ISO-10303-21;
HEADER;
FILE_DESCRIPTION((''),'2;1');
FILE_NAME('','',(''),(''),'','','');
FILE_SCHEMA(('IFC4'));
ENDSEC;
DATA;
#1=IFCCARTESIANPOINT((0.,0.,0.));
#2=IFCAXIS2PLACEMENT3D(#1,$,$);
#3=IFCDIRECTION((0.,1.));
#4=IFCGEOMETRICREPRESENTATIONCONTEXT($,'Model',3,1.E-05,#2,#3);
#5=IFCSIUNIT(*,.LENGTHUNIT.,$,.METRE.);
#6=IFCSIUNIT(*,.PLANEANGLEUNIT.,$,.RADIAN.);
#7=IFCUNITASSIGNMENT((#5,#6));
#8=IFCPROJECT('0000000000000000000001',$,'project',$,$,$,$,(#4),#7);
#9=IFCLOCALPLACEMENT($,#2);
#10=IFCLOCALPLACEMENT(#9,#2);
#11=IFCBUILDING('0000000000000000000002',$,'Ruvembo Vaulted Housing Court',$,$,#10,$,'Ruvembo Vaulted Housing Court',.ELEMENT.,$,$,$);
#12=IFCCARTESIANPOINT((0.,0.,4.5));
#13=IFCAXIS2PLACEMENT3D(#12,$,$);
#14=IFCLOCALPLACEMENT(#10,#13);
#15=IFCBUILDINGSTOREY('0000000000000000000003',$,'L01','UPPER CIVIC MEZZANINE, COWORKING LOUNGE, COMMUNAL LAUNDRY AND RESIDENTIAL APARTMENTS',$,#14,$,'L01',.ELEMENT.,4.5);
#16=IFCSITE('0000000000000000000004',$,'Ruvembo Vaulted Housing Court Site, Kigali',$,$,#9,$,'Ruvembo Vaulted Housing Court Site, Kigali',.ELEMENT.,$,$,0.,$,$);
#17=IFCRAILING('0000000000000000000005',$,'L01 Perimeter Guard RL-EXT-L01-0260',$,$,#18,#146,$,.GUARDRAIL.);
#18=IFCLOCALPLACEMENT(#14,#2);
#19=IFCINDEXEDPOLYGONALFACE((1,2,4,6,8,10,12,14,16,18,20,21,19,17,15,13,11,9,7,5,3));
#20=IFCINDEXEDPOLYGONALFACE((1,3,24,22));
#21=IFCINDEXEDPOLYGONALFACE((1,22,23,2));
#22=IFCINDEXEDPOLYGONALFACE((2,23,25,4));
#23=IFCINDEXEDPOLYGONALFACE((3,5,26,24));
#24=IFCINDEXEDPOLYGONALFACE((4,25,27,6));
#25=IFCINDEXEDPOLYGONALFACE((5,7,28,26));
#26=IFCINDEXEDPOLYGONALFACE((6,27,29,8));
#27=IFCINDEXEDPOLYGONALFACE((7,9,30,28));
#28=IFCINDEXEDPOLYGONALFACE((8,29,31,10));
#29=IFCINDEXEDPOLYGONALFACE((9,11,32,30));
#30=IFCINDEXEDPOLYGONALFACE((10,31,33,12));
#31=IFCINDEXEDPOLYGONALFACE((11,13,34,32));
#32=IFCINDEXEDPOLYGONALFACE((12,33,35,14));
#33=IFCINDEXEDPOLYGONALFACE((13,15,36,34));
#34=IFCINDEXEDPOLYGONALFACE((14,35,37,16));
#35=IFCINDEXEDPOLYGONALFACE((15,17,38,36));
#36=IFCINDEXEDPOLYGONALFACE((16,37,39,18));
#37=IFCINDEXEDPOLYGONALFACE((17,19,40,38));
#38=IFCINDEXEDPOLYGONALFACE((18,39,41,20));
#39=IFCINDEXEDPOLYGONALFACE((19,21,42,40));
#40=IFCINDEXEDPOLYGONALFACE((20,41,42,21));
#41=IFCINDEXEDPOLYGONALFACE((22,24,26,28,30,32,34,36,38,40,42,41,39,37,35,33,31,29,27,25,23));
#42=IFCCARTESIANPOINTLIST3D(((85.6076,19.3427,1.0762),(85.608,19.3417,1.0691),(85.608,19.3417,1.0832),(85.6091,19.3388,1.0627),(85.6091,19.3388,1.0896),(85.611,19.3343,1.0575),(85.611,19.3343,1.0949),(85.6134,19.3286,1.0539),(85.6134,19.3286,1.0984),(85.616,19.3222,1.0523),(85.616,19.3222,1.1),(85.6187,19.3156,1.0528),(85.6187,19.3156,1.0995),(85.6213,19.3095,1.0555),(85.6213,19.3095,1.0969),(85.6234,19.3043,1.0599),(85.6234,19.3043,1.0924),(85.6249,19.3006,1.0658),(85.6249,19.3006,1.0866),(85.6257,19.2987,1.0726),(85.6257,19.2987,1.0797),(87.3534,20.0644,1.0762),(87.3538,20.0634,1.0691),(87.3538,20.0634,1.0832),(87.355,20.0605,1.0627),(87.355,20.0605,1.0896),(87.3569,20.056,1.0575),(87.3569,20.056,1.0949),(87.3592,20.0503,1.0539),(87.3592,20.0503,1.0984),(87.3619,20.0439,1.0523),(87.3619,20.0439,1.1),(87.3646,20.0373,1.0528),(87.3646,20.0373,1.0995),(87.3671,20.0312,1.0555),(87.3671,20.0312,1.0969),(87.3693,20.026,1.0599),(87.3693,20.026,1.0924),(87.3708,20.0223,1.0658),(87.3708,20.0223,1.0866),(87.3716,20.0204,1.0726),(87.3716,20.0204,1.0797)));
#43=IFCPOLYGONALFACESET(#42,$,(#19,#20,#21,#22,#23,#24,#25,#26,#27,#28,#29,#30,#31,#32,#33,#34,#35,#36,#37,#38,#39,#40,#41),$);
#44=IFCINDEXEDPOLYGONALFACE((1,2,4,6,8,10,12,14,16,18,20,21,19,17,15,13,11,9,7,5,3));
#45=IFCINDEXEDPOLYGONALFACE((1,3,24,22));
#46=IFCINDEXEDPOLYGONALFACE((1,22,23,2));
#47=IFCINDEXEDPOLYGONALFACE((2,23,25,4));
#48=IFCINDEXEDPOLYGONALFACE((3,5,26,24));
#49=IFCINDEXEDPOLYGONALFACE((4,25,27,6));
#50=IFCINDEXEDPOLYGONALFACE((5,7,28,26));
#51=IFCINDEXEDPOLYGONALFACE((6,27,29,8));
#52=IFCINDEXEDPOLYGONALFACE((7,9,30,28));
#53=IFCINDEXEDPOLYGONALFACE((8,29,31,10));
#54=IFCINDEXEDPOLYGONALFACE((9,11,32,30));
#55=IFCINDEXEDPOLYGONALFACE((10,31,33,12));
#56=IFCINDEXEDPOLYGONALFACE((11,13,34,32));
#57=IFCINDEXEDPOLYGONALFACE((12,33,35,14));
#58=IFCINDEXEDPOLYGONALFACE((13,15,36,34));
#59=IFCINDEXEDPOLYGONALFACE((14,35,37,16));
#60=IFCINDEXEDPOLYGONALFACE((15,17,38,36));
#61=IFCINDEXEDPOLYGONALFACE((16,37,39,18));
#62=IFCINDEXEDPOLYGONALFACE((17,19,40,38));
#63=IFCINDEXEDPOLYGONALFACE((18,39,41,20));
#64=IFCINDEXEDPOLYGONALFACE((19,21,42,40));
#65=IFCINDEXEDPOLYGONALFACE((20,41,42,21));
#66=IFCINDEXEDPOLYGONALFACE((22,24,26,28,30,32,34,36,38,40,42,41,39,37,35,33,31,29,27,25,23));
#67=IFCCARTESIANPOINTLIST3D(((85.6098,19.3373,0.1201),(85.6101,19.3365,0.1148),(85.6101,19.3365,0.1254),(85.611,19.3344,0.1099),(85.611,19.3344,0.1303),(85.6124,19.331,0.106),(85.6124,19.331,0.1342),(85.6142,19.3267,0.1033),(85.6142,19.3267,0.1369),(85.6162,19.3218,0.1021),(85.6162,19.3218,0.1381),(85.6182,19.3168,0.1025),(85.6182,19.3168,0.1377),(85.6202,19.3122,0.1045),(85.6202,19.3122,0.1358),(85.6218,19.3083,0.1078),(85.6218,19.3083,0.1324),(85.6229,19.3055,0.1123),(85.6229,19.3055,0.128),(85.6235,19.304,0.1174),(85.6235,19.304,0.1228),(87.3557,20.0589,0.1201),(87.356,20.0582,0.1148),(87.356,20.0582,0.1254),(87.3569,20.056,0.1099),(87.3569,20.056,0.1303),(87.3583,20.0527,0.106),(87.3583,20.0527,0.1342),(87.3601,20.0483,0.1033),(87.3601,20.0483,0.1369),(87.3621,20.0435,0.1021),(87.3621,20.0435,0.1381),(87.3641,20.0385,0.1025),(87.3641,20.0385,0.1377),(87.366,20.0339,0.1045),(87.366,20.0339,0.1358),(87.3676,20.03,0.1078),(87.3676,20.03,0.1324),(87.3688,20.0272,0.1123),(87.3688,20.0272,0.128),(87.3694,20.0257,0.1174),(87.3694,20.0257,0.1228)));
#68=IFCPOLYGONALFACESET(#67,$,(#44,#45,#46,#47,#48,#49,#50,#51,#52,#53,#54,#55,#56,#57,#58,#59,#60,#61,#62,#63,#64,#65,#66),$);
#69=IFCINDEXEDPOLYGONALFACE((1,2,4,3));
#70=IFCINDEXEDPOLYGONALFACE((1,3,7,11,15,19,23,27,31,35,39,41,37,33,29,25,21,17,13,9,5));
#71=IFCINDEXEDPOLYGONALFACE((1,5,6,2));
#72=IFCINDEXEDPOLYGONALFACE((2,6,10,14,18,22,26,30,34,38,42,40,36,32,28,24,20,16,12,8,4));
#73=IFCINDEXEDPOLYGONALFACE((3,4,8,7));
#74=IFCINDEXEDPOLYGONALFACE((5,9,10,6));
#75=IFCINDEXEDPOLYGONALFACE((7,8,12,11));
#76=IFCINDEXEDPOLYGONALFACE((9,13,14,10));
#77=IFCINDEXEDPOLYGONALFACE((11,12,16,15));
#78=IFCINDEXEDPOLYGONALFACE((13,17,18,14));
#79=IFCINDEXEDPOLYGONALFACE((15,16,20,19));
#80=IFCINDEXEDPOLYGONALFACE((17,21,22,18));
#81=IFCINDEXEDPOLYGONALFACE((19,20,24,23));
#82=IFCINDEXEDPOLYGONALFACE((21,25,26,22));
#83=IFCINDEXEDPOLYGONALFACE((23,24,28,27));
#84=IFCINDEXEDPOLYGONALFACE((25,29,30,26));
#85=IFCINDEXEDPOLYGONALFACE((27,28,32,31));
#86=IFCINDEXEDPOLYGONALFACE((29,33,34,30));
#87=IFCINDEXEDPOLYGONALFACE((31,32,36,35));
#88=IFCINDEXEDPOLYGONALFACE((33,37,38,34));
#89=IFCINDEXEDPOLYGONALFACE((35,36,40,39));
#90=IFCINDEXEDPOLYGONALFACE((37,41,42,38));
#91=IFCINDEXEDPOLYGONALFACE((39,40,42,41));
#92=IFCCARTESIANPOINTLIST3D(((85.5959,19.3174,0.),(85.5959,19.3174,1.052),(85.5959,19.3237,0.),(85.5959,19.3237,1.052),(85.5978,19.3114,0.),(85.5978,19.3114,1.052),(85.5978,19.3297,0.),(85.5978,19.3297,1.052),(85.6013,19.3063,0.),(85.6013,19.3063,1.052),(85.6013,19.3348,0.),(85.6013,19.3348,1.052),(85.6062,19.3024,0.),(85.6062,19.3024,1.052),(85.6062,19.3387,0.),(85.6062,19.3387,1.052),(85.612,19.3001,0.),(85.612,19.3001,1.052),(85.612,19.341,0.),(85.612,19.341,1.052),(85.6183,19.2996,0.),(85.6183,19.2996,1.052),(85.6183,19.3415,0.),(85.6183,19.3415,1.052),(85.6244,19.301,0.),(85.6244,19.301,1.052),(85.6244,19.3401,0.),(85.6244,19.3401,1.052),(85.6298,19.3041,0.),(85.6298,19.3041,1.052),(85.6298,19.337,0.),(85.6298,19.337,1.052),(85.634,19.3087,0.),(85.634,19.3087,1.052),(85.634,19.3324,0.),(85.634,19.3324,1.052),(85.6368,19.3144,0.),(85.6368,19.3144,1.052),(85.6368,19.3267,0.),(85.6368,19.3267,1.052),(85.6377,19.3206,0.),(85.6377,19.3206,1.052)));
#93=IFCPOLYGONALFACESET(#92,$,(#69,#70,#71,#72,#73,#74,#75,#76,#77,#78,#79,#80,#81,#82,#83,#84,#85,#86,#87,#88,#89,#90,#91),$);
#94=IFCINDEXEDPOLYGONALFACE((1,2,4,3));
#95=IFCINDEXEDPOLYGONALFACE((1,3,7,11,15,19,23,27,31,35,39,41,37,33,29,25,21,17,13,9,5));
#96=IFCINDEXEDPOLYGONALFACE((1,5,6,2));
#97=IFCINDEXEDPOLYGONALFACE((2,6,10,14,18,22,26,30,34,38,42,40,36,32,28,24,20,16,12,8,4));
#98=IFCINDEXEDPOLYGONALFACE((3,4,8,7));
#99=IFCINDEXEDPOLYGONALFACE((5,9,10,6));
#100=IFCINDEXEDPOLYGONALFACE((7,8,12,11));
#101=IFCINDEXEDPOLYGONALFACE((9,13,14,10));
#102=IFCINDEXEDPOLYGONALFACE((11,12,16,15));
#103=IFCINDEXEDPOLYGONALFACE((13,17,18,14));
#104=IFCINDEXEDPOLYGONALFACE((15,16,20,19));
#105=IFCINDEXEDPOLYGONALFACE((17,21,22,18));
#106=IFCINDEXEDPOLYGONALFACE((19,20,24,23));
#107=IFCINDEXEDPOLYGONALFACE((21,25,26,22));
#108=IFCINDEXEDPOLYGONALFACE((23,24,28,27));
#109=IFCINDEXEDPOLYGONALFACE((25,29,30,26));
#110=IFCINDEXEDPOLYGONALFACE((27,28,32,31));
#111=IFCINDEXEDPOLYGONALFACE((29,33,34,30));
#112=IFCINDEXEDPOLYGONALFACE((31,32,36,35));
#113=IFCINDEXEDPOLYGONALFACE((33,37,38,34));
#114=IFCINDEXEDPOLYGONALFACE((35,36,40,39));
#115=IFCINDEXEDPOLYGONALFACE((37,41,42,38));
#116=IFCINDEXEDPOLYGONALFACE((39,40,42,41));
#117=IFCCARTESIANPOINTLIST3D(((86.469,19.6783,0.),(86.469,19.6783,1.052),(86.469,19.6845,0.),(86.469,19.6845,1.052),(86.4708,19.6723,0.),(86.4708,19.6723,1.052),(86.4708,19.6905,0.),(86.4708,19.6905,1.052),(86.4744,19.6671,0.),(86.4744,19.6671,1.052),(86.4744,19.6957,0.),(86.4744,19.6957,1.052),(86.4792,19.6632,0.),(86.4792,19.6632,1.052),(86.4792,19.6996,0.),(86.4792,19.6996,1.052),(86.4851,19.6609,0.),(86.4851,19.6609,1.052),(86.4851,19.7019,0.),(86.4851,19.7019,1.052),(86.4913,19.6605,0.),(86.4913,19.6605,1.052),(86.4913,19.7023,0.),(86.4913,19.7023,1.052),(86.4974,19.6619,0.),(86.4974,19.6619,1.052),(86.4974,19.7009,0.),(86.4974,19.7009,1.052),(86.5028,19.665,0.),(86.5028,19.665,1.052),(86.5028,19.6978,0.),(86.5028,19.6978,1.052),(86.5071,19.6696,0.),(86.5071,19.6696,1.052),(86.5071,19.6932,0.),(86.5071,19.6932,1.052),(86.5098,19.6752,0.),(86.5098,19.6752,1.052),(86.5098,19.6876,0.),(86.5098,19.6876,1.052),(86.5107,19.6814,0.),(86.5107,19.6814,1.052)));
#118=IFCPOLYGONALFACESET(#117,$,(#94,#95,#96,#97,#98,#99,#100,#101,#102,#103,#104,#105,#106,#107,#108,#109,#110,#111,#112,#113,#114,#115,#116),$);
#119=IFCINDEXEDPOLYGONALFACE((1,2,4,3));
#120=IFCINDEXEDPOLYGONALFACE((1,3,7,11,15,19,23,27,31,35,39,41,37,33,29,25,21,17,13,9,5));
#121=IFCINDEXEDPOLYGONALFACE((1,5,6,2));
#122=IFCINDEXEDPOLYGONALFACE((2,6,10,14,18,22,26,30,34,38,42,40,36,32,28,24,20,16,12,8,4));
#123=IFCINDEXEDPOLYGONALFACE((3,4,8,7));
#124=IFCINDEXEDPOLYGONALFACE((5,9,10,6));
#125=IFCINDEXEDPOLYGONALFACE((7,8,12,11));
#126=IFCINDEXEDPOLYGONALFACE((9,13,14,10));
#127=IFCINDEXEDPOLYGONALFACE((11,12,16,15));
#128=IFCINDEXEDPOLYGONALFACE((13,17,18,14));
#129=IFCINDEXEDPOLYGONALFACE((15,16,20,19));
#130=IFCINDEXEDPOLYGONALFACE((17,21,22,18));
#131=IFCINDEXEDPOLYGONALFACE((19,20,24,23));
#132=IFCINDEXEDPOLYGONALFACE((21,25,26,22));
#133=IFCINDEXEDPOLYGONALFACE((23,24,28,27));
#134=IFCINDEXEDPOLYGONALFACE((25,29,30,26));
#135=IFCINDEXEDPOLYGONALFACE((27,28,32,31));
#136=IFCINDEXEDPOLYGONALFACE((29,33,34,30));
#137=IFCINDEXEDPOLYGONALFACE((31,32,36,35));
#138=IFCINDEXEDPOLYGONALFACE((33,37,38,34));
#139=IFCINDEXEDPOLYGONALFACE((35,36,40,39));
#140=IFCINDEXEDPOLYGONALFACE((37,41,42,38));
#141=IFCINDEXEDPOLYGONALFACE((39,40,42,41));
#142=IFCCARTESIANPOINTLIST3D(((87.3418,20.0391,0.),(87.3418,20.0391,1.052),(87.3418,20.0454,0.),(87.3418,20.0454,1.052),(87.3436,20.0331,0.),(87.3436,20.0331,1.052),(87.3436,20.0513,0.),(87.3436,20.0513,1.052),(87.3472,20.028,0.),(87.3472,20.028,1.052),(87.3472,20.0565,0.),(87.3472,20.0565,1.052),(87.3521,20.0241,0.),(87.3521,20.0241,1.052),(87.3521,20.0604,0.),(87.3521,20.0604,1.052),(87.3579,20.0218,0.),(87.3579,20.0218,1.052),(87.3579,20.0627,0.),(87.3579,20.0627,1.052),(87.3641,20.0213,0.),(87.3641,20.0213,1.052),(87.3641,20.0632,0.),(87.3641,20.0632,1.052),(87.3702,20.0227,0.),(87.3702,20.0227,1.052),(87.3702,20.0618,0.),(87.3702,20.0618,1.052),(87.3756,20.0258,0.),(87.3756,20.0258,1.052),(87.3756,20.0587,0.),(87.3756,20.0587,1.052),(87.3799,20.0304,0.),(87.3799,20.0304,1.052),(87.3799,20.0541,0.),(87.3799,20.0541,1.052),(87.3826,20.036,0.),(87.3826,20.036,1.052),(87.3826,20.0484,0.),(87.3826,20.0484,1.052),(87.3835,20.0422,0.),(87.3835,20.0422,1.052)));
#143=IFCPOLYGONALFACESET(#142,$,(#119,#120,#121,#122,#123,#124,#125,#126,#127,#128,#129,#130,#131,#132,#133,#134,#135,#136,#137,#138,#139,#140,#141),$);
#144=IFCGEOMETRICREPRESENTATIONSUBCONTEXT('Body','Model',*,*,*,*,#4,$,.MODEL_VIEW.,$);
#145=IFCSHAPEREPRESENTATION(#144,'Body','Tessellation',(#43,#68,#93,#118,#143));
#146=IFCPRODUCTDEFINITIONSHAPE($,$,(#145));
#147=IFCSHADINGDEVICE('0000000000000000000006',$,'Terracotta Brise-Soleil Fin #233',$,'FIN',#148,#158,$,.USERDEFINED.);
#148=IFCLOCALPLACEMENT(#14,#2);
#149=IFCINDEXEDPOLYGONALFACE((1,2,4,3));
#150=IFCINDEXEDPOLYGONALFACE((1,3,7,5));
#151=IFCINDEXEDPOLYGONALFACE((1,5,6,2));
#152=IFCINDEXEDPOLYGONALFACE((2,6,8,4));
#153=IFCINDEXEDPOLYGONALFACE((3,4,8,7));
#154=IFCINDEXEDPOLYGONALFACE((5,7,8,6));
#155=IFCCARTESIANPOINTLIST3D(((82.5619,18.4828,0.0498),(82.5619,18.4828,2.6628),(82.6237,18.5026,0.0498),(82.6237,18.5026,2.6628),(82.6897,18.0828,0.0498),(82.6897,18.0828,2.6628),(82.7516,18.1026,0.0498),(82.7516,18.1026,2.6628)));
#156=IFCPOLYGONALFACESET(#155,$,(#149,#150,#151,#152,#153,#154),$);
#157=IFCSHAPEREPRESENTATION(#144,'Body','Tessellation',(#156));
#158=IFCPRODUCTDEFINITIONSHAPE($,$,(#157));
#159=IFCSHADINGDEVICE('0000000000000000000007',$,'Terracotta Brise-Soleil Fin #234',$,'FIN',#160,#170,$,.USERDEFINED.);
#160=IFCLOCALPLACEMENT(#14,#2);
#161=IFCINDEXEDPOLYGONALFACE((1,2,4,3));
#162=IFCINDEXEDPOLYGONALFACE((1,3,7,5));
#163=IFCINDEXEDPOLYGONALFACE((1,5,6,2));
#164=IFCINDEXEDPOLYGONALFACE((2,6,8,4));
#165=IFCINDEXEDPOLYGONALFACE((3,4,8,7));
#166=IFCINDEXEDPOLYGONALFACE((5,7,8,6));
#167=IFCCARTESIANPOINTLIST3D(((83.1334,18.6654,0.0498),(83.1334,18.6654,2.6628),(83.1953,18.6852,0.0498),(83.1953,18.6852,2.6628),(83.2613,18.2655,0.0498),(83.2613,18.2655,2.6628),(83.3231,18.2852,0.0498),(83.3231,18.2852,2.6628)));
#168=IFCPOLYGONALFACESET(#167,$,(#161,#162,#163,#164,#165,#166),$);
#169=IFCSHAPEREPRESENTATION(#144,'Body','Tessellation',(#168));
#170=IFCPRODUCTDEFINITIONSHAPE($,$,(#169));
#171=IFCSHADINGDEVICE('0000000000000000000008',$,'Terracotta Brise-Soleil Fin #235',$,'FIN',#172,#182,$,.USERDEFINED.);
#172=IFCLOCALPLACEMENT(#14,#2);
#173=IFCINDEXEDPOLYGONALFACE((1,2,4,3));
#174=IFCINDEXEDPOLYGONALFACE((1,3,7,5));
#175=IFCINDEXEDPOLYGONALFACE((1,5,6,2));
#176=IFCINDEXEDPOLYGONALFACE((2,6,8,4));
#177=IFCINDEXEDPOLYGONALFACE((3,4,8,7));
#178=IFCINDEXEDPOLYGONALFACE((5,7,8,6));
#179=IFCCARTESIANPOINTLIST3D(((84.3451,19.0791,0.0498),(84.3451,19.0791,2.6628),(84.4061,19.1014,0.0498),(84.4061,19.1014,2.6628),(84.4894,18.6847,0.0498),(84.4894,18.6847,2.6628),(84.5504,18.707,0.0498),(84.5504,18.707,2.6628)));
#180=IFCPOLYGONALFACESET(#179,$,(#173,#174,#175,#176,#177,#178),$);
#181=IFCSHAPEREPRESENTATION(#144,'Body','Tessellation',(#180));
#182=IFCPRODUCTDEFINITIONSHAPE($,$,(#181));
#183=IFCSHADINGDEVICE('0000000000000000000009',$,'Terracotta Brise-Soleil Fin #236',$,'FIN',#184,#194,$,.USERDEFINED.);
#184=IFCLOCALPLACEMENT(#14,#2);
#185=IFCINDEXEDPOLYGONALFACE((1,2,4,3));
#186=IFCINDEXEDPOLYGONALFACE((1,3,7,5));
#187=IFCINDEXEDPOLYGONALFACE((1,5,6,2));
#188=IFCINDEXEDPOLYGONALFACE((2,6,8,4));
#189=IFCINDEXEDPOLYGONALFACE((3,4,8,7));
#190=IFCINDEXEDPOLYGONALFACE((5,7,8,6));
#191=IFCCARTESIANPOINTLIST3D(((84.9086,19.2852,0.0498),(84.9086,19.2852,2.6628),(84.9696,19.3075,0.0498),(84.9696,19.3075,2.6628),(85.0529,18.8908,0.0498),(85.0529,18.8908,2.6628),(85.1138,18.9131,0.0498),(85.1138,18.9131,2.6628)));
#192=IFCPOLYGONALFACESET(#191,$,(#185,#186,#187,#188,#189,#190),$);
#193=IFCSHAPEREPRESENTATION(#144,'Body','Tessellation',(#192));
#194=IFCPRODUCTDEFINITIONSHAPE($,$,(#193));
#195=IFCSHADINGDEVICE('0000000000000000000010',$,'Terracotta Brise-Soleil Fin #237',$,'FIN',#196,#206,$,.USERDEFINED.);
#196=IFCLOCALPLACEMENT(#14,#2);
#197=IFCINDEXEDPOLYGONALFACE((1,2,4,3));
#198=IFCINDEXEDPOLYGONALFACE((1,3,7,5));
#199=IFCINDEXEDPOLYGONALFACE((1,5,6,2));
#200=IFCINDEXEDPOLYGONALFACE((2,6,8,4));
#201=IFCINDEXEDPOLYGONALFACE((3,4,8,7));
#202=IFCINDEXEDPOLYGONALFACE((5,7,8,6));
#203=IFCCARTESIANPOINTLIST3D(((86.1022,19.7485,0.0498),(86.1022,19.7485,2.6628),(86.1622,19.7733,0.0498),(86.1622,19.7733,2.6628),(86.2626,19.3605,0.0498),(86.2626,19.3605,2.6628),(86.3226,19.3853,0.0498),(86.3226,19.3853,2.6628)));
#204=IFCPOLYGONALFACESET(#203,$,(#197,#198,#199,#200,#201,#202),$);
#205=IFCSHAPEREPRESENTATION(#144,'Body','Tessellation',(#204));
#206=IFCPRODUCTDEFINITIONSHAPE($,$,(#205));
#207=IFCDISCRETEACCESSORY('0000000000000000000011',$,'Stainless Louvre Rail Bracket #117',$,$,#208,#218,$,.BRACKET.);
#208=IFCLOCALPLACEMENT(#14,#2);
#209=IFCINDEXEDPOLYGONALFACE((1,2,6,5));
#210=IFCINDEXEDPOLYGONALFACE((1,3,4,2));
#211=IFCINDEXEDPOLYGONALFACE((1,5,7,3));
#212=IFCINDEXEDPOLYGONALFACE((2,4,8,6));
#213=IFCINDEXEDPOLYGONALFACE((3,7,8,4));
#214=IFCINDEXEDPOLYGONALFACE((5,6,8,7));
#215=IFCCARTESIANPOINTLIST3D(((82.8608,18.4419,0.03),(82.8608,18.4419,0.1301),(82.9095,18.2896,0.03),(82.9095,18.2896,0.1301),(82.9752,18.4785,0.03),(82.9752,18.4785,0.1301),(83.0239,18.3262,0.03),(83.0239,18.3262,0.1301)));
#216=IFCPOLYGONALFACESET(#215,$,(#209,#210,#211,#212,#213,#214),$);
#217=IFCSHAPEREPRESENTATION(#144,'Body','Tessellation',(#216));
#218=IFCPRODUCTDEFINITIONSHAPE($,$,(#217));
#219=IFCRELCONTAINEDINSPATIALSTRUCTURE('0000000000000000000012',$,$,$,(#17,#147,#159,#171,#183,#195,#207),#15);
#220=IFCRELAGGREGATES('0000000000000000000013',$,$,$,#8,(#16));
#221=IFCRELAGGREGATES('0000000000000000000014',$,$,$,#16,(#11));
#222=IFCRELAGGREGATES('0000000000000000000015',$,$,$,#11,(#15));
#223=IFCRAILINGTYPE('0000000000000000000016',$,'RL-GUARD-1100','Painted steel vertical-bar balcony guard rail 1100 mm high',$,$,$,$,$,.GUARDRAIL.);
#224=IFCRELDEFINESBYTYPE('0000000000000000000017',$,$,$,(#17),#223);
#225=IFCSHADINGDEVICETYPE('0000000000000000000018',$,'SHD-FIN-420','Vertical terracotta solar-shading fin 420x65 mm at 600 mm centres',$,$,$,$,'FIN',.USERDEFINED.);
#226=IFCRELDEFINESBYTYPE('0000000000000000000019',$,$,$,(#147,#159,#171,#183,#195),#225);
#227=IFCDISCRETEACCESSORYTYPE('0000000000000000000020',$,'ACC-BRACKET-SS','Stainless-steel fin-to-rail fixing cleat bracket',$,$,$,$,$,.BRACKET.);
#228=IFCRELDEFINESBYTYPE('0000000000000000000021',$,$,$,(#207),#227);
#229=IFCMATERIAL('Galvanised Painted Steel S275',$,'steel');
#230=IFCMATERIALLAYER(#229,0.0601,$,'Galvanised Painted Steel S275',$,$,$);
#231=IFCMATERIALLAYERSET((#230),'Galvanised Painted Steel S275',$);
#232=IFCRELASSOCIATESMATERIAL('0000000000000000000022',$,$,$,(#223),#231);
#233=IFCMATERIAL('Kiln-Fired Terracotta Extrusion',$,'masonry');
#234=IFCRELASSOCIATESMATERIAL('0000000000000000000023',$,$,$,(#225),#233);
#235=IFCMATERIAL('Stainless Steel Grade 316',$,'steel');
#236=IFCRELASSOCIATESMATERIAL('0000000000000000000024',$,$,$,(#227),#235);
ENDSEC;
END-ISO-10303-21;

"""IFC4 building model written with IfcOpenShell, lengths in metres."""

from ifc_helpers import new_model, si_unit, direction, frame, origin, origin_2d, place, context, subcontext, project, spatial, rectangle, circle, extrude, material, layer, layer_set, type_object, element, save


model = new_model("IFC4")

# Units and contexts
model_context = context("Model", 3, precision=1e-05, world=origin(), true_north=direction((0.0, 1.0)))
body_context = subcontext(model_context, "Body", "Model", "MODEL_VIEW")
ifc_project = project(units=[si_unit("LENGTHUNIT", "METRE"), si_unit("PLANEANGLEUNIT", "RADIAN")], contexts=[model_context])

# Site, building, storey
site_placement = place(None, origin())
site = spatial("IfcSite", under=ifc_project, at=site_placement, Name="Ruvembo Vaulted Housing Court Site, Kigali", LongName="Ruvembo Vaulted Housing Court Site, Kigali", CompositionType="ELEMENT", RefElevation=0.0)
building_placement = place(site_placement, origin())
building = spatial("IfcBuilding", under=site, at=building_placement, Name="Ruvembo Vaulted Housing Court", LongName="Ruvembo Vaulted Housing Court", CompositionType="ELEMENT")
storey_placement = place(building_placement, frame((0.0, 0.0, 4.5)))
storey = spatial("IfcBuildingStorey", under=building, at=storey_placement, Name="L01", Description="UPPER CIVIC MEZZANINE, COWORKING LOUNGE, COMMUNAL LAUNDRY AND RESIDENTIAL APARTMENTS", LongName="L01", CompositionType="ELEMENT", Elevation=4.5)

# Railing
ifc_material_1 = material(Name="Galvanised Painted Steel S275", Category="steel")
ifc_layer = layer(ifc_material_1, 0.0601, Name="Galvanised Painted Steel S275")
ifc_layer_set = layer_set([ifc_layer], Name="Galvanised Painted Steel S275")
railing_type = type_object("IfcRailingType", Name="RL-GUARD-1100", Description="Painted steel vertical-bar balcony guard rail 1100 mm high", PredefinedType="GUARDRAIL", material=ifc_layer_set)
railing_1_placement = place(storey_placement, frame((85.6167, 19.3206, 0.0)))
element("IfcRailing", 1, at=railing_1_placement, inside=storey, type_object=railing_type, Name="L01 Perimeter Guard RL-EXT-L01-0260", PredefinedType="GUARDRAIL", context=body_context, shape_type="SweptSolid", body=[
    extrude(circle(Radius=0.0239, at=origin_2d()), frame((0.0, 0.0, 1.0762), z_axis=(0.924155, 0.382017, 0.0), x_axis=(-0.382017, 0.924155, 0.0)), (0.0, 0.0, 1.0), 1.8892),
    extrude(circle(Radius=0.0181, at=origin_2d()), frame((0.0, 0.0, 0.1201), z_axis=(0.924155, 0.382017, 0.0), x_axis=(-0.382017, 0.924155, 0.0)), (0.0, 0.0, 1.0), 1.8892),
    extrude(circle(Radius=0.021, at=origin_2d()), origin(), (0.0, 0.0, 1.0), 1.052),
    extrude(circle(Radius=0.021, at=origin_2d()), frame((0.873, 0.3608, 0.0)), (0.0, 0.0, 1.0), 1.052),
    extrude(circle(Radius=0.021, at=origin_2d()), frame((1.7458, 0.7217, 0.0)), (0.0, 0.0, 1.0), 1.052),
])

# Shading devices
ifc_material_2 = material(Name="Kiln-Fired Terracotta Extrusion", Category="masonry")
shading_device_type = type_object("IfcShadingDeviceType", Name="SHD-FIN-420", Description="Vertical terracotta solar-shading fin 420x65 mm at 600 mm centres", ElementType="FIN", PredefinedType="USERDEFINED", material=ifc_material_2)
for number, where, z_axis, x_axis, name in (
    (2, (82.6567, 18.2927, 0.0498), (0.0, 0.0, 1.0), (0.304449, -0.952529, 0.0), "Terracotta Brise-Soleil Fin #233"),
    (3, (83.2283, 18.4753, 0.0498), (0.0, 0.0, 1.0), (0.304449, -0.952529, 0.0), "Terracotta Brise-Soleil Fin #234"),
    (4, (84.4478, 18.8931, 0.0498), (0.0, 0.0, 1.0), (0.343512, -0.939148, 0.0), "Terracotta Brise-Soleil Fin #235"),
    (5, (85.0112, 19.0991, 0.0498), (0.0, 0.0, 1.0), (0.343512, -0.939148, 0.0), "Terracotta Brise-Soleil Fin #236"),
    (6, (86.2124, 19.5669, 0.0498), (0.0, 0.0, 1.0), (0.381958, -0.92418, 0.0), "Terracotta Brise-Soleil Fin #237"),
):
    element("IfcShadingDevice", number, at=place(storey_placement, frame(where, z_axis=z_axis, x_axis=x_axis)), inside=storey, type_object=shading_device_type, Name=name, ObjectType="FIN", PredefinedType="USERDEFINED", context=body_context, shape_type="SweptSolid", body=[
        extrude(rectangle(XDim=0.4199, YDim=0.0649, at=origin_2d()), origin(), (0.0, 0.0, 1.0), 2.613),
    ])

# Discrete accessory
ifc_material_3 = material(Name="Stainless Steel Grade 316", Category="steel")
discrete_accessory_type = type_object("IfcDiscreteAccessoryType", Name="ACC-BRACKET-SS", Description="Stainless-steel fin-to-rail fixing cleat bracket", PredefinedType="BRACKET", material=ifc_material_3)
for number, where, z_axis, x_axis, name in (
    (7, (82.9424, 18.384, 0.03), (0.0, 0.0, 1.0), (0.304449, -0.952529, 0.0), "Stainless Louvre Rail Bracket #117"),
):
    element("IfcDiscreteAccessory", number, at=place(storey_placement, frame(where, z_axis=z_axis, x_axis=x_axis)), inside=storey, type_object=discrete_accessory_type, Name=name, PredefinedType="BRACKET", context=body_context, shape_type="SweptSolid", body=[
        extrude(rectangle(XDim=0.1599, YDim=0.1201, at=origin_2d()), origin(), (0.0, 0.0, 1.0), 0.1001),
    ])

save(model, "model.ifc")
